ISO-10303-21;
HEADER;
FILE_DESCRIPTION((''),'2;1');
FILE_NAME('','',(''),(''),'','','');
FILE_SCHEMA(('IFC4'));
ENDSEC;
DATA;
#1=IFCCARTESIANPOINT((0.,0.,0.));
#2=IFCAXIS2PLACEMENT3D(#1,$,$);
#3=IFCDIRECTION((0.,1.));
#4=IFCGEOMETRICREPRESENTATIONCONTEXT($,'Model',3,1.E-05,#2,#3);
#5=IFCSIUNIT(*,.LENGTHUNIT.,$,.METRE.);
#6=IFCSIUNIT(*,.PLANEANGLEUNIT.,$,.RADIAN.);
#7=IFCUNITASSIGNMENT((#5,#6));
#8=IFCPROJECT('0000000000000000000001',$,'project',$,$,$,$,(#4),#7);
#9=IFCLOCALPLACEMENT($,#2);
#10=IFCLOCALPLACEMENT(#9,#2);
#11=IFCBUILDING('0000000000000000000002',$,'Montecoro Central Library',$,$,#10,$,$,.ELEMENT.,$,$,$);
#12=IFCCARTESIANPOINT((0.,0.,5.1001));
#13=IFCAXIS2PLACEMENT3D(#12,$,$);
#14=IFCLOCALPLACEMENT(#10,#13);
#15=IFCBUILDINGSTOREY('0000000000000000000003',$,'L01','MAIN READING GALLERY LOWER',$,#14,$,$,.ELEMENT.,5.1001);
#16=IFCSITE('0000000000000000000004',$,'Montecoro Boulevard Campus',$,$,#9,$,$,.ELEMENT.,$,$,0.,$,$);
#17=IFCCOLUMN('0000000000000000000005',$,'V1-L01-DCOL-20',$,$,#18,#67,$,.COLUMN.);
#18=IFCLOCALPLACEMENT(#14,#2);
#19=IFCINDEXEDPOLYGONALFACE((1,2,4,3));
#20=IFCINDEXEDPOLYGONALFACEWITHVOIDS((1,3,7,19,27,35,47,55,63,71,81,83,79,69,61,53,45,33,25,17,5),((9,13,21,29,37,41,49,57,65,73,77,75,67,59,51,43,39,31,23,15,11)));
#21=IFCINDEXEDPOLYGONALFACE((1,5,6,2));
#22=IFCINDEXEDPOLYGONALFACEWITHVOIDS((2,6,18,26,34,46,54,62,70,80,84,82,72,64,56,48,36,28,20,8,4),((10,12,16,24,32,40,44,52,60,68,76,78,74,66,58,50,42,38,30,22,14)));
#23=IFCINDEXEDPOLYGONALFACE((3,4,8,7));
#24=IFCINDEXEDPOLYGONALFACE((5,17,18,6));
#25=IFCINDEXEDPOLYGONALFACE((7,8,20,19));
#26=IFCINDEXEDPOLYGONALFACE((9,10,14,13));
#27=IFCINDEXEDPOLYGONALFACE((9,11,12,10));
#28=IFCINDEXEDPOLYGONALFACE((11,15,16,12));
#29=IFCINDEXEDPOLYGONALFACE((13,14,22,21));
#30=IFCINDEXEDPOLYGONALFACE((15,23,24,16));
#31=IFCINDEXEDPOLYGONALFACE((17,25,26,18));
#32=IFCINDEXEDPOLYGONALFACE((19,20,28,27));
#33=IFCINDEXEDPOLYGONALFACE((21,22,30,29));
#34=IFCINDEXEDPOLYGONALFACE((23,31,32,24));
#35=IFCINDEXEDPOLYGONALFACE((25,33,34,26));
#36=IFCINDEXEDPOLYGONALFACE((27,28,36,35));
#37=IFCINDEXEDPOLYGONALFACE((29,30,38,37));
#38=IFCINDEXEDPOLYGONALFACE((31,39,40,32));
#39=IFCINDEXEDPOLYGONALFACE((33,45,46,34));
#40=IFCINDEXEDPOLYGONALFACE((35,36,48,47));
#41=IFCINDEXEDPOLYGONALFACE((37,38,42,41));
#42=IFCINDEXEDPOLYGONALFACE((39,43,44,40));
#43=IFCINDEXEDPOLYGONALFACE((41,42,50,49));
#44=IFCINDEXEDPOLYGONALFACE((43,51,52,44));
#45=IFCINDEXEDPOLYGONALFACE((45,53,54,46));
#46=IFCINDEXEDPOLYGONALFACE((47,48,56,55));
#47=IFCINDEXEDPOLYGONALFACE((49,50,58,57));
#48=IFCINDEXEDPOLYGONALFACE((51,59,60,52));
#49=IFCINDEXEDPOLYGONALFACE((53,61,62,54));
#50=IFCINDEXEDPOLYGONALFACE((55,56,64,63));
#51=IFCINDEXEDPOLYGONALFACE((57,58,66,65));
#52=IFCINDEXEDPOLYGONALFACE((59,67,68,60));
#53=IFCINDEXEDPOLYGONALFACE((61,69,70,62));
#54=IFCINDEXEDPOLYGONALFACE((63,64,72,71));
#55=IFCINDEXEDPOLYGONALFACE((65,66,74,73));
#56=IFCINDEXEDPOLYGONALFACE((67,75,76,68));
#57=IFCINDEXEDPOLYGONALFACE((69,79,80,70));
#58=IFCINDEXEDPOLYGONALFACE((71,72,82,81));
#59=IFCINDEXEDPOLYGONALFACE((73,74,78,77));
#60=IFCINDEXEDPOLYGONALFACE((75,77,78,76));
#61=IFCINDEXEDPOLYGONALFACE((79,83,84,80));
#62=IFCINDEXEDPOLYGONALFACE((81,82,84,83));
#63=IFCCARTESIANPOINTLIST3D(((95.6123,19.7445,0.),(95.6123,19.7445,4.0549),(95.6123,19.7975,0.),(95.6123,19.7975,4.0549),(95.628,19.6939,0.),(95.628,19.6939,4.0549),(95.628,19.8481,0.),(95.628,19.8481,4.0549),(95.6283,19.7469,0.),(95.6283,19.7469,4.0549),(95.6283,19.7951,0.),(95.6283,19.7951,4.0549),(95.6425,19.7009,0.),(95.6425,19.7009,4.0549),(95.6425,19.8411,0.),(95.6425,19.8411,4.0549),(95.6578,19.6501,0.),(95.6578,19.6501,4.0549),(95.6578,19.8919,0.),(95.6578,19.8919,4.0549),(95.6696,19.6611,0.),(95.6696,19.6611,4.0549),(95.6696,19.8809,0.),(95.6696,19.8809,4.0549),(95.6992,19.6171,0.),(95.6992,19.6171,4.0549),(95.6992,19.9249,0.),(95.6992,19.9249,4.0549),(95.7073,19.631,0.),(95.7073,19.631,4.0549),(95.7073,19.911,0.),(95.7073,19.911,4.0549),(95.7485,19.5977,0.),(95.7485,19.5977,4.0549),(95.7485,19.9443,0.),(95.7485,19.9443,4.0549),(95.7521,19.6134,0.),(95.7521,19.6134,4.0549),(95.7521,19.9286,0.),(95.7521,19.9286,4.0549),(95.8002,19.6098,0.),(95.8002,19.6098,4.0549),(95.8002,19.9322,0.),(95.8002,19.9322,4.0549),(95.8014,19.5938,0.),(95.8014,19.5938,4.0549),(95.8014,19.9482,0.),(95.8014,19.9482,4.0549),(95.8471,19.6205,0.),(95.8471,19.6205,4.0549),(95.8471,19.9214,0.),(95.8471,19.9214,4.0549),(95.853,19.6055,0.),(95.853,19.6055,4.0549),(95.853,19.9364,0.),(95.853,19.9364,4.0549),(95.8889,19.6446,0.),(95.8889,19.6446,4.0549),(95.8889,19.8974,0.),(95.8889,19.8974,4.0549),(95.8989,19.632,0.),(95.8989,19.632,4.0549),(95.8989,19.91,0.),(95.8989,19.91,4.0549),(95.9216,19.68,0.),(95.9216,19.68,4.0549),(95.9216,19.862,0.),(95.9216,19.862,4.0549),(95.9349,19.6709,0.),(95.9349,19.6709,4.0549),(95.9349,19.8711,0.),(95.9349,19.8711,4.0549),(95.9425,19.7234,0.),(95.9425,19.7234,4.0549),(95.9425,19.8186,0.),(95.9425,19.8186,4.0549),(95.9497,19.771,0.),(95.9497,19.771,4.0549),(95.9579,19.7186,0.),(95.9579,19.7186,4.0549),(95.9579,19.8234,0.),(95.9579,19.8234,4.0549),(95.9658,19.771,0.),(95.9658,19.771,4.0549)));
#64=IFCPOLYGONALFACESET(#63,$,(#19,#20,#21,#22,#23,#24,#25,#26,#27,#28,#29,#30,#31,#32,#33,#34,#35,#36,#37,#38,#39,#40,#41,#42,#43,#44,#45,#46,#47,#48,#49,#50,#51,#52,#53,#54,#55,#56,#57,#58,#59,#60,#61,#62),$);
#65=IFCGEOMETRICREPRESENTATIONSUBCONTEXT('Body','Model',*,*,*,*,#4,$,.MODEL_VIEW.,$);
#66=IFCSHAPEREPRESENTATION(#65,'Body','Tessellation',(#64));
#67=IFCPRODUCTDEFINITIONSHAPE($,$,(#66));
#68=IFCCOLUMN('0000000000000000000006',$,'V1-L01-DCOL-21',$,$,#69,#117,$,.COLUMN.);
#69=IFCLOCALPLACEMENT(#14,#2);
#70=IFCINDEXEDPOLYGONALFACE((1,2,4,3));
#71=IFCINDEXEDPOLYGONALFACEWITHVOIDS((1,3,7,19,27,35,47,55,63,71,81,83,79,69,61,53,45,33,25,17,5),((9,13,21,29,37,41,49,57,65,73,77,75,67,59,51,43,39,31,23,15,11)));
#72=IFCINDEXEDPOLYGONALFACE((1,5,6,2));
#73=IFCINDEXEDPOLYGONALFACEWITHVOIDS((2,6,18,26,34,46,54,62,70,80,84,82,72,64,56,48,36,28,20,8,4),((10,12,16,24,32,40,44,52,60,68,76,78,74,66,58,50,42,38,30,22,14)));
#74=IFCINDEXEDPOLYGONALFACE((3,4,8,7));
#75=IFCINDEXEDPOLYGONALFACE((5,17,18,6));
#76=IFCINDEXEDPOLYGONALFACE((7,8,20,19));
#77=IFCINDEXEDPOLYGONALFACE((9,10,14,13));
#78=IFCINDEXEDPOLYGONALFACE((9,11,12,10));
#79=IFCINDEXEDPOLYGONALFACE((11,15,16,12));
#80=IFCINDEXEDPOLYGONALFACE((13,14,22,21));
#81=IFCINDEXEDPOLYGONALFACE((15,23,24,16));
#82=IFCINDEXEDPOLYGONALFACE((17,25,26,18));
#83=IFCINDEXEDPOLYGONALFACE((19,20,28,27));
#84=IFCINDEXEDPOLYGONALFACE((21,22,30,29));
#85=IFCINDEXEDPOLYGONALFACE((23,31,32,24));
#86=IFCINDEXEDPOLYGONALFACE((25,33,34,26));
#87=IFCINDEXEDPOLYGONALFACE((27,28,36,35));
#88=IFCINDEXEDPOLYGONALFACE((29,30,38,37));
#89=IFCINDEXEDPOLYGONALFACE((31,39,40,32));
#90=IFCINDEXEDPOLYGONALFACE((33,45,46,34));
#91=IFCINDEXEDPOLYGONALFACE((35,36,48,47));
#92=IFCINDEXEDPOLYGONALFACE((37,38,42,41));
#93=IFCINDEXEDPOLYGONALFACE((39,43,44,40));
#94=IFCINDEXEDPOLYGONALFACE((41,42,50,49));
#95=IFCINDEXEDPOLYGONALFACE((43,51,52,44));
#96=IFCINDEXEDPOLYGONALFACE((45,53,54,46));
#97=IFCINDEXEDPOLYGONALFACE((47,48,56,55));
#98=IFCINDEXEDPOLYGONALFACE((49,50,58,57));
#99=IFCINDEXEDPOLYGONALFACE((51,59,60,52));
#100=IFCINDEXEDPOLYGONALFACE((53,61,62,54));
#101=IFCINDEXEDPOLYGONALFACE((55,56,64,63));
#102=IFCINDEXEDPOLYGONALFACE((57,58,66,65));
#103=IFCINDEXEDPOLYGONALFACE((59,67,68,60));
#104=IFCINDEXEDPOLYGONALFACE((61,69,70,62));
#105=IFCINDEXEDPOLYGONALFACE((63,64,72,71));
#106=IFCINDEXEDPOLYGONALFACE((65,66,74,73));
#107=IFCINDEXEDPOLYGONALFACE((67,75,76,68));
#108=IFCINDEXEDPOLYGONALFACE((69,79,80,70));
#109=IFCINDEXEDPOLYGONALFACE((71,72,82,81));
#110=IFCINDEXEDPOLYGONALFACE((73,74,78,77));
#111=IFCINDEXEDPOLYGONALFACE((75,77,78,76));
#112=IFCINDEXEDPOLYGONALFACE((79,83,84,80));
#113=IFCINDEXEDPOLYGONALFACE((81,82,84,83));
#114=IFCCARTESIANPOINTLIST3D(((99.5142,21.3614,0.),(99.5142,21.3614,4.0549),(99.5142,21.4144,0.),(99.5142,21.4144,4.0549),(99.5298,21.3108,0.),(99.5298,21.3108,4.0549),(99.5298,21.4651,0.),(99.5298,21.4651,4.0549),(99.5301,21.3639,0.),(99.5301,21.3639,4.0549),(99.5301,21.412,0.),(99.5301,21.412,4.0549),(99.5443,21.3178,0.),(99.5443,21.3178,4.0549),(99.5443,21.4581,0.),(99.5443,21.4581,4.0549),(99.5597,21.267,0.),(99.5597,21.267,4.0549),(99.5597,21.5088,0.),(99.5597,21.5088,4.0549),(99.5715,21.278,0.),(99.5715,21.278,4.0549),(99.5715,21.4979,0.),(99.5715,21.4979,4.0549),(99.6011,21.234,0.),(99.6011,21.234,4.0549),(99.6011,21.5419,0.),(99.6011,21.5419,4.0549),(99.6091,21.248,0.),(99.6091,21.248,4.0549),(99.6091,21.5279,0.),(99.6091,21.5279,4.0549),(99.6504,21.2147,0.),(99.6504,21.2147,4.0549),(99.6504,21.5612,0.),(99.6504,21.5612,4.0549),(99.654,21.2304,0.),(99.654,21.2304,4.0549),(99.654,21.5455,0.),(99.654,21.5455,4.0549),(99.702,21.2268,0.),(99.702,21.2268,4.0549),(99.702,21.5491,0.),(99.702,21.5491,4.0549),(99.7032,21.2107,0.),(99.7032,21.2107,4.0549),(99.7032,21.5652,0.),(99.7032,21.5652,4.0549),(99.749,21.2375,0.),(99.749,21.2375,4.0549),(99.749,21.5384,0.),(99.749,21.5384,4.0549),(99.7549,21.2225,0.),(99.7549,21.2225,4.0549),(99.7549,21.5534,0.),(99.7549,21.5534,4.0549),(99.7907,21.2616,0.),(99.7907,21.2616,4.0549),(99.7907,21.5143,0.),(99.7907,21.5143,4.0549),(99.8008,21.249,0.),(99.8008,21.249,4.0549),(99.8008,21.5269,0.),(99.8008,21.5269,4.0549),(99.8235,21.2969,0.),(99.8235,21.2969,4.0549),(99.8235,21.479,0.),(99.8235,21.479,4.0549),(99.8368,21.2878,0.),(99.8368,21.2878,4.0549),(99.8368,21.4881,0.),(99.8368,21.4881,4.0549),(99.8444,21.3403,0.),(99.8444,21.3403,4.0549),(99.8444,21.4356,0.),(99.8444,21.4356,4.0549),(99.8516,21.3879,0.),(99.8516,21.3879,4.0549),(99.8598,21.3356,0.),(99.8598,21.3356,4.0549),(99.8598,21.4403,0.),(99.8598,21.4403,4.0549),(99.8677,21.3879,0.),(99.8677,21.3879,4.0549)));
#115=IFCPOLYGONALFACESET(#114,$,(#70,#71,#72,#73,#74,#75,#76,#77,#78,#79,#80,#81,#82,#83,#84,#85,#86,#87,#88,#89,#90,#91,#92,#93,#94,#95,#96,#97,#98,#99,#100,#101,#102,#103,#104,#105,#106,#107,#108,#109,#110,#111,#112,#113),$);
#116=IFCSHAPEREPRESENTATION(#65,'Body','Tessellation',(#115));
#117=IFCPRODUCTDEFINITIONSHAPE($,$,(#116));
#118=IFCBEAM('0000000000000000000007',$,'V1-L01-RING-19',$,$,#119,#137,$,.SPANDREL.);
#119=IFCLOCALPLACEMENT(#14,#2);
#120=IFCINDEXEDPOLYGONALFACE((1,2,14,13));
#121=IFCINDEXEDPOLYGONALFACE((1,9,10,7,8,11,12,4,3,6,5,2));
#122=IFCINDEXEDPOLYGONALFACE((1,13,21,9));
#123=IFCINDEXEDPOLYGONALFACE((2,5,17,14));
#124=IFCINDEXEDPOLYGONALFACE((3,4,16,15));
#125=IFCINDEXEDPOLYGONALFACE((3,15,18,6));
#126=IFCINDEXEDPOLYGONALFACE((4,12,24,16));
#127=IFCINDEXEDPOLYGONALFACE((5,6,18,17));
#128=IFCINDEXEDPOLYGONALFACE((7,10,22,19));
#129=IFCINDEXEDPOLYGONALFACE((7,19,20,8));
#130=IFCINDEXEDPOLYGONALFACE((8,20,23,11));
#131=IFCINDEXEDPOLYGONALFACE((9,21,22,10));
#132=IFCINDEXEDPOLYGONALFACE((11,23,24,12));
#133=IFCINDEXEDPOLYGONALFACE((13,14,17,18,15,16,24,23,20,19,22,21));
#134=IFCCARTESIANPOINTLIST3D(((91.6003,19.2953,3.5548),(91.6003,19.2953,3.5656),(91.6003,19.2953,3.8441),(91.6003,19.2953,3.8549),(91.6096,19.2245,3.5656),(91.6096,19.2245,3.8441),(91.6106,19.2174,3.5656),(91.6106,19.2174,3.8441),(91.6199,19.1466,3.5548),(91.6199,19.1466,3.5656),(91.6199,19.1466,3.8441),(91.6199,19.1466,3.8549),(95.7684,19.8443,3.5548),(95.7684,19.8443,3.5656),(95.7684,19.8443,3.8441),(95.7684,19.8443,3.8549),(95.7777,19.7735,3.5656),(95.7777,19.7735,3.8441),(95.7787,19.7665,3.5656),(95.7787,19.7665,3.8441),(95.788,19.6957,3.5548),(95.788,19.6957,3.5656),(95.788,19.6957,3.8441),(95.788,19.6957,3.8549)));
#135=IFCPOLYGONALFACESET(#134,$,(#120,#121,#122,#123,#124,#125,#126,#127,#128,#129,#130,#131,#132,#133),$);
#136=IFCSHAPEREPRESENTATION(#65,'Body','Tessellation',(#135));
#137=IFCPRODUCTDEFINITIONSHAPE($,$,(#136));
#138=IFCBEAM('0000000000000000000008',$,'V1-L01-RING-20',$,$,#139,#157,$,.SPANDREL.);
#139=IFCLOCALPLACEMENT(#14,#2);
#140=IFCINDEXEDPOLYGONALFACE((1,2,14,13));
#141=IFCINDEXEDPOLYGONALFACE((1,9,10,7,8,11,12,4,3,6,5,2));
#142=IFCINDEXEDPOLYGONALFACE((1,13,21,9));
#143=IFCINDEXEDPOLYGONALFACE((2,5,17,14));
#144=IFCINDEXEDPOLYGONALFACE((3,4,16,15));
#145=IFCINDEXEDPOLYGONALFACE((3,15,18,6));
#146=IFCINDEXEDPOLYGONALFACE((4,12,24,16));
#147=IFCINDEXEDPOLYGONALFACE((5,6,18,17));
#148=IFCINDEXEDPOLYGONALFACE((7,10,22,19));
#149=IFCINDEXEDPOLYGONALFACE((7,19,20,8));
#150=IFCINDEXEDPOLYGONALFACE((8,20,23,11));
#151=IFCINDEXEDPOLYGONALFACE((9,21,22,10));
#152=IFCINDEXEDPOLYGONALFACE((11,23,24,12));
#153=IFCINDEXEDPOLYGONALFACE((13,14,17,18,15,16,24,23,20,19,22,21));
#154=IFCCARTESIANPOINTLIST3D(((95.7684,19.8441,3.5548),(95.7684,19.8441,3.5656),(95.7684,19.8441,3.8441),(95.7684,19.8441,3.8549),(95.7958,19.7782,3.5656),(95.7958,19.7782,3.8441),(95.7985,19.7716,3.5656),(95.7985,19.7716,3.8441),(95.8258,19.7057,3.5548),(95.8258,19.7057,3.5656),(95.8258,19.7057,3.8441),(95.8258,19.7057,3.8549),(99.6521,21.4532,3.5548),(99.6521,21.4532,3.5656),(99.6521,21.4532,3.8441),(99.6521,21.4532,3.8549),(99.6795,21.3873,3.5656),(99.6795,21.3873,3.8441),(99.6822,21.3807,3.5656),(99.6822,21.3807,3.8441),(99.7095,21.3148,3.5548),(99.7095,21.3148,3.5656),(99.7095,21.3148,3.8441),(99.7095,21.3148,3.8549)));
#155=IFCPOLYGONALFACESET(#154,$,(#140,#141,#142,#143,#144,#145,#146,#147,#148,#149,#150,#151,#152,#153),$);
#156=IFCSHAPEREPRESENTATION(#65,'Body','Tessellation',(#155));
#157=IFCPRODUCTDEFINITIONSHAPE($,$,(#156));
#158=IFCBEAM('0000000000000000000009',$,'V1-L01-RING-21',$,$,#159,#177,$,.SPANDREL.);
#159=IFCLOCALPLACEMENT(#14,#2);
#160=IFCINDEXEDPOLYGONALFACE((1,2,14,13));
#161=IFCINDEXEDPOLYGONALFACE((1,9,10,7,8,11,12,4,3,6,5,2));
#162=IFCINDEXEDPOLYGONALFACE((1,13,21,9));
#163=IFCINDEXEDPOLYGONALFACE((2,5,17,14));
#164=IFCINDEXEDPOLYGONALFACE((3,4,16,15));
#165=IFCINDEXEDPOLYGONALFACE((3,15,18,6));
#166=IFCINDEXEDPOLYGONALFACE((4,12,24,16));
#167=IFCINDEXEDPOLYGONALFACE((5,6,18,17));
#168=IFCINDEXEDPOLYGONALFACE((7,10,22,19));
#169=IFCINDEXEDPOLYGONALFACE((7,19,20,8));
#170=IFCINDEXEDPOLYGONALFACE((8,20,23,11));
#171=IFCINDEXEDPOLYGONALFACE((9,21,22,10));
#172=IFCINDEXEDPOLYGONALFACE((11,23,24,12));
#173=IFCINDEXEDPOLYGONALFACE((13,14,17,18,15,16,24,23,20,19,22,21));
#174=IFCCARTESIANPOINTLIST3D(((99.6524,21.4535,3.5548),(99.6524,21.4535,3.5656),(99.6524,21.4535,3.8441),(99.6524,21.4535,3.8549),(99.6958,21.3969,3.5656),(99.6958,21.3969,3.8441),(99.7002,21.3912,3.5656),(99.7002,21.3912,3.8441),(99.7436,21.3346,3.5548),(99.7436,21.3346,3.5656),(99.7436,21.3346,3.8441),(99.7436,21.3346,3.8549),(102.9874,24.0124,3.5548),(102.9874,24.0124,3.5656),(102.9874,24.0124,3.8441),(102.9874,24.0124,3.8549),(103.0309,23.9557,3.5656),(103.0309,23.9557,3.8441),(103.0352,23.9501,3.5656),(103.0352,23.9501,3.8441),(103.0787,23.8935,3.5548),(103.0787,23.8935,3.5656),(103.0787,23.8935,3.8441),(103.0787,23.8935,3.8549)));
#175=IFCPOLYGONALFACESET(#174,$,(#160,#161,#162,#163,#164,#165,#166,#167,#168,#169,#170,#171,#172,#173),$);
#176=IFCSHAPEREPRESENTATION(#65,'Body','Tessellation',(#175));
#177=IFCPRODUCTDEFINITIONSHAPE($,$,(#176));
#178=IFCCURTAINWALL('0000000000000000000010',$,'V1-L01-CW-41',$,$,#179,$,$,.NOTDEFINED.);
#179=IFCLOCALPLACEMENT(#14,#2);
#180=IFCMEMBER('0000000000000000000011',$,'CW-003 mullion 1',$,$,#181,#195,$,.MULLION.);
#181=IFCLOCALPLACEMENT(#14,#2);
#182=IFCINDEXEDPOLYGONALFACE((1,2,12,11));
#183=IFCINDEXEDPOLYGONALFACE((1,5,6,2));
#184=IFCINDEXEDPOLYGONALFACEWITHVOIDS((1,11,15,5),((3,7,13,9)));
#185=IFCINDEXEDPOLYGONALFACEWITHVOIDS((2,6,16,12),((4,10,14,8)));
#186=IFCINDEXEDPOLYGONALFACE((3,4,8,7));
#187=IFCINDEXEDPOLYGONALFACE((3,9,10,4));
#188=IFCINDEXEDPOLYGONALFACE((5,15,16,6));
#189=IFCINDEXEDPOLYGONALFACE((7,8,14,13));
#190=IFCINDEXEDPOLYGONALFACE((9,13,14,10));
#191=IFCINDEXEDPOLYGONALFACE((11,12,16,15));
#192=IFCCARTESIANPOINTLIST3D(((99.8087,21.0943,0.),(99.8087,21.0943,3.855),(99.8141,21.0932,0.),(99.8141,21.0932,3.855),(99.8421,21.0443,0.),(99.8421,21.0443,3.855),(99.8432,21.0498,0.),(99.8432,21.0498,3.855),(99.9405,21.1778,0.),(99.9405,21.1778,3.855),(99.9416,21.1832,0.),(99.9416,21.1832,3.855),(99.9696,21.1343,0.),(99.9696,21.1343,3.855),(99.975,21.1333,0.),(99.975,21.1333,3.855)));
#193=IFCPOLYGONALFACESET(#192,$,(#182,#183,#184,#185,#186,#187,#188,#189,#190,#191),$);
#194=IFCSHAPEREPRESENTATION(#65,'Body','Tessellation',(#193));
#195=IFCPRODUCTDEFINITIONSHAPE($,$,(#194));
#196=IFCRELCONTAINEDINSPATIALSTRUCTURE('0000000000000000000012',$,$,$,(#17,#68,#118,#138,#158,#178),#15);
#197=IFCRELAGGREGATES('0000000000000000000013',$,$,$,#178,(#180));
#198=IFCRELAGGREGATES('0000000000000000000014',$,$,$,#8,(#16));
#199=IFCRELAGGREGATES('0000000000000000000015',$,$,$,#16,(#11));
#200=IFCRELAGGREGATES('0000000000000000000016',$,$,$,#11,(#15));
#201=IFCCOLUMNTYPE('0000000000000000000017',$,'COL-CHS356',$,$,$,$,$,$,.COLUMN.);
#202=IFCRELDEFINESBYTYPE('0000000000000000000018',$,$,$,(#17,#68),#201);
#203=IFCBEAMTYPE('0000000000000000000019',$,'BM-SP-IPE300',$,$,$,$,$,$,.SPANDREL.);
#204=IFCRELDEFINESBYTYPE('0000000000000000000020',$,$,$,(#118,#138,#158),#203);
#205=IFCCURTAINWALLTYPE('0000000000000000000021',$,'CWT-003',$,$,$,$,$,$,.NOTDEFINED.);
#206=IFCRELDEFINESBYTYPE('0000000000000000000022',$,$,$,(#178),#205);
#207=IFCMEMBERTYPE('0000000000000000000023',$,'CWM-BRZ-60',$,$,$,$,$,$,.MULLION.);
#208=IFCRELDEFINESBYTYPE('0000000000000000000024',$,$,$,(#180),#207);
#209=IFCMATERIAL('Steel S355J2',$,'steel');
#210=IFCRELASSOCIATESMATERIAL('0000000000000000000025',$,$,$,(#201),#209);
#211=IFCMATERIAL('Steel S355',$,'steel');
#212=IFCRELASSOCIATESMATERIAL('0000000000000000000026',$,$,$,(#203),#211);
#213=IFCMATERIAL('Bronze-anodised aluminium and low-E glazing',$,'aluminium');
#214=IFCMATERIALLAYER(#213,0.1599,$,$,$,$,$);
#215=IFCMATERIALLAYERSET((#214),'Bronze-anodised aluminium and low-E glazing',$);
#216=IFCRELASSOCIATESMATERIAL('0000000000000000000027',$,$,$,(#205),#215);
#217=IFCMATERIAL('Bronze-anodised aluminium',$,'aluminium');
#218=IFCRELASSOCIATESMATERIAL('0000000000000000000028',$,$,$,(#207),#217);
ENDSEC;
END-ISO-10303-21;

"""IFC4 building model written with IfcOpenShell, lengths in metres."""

from ifc_helpers import new_model, si_unit, direction, frame, origin, origin_2d, place, context, subcontext, project, spatial, hollow_rectangle, hollow_circle, i_section, extrude, material, layer, layer_set, material_profile, profile_set, type_object, element, aggregate, save


model = new_model("IFC4")

# Units and contexts
model_context = context("Model", 3, precision=1e-05, world=origin(), true_north=direction((0.0, 1.0)))
body_context = subcontext(model_context, "Body", "Model", "MODEL_VIEW")
ifc_project = project(units=[si_unit("LENGTHUNIT", "METRE"), si_unit("PLANEANGLEUNIT", "RADIAN")], contexts=[model_context])

# Site, building, storey
site_placement = place(None, origin())
site = spatial("IfcSite", under=ifc_project, at=site_placement, Name="Montecoro Boulevard Campus", CompositionType="ELEMENT", RefElevation=0.0)
building_placement = place(site_placement, origin())
building = spatial("IfcBuilding", under=site, at=building_placement, Name="Montecoro Central Library", CompositionType="ELEMENT")
storey_placement = place(building_placement, frame((0.0, 0.0, 5.1001)))
storey = spatial("IfcBuildingStorey", under=building, at=storey_placement, Name="L01", Description="MAIN READING GALLERY LOWER", CompositionType="ELEMENT", Elevation=5.1001)

# Columns
ifc_material_1 = material(Name="Steel S355J2", Category="steel")
ifc_material_profile_1 = material_profile(ifc_material_1, hollow_circle(Radius=0.1777, WallThickness=0.0161, at=origin_2d()), Name="CHS 355.6x16.0")
ifc_profile_set_1 = profile_set([ifc_material_profile_1], Name="Steel S355J2")
column_type = type_object("IfcColumnType", Name="COL-CHS356", PredefinedType="COLUMN", material=ifc_profile_set_1)
for number, where, z_axis, x_axis, name in (
    (1, (95.7881, 19.771, 0.0), (0.0, 0.0, 1.0), (1.0, 0.0, 0.0), "V1-L01-DCOL-20"),
    (2, (99.6899, 21.3879, 0.0), (0.0, 0.0, 1.0), (1.0, 0.0, 0.0), "V1-L01-DCOL-21"),
):
    element("IfcColumn", number, at=place(storey_placement, frame(where, z_axis=z_axis, x_axis=x_axis)), inside=storey, type_object=column_type, Name=name, PredefinedType="COLUMN", context=body_context, shape_type="SweptSolid", body=[
        extrude(hollow_circle(Radius=0.1777, WallThickness=0.0161, at=origin_2d()), origin(), (0.0, 0.0, 1.0), 4.0549),
    ])

# Beams
ifc_material_2 = material(Name="Steel S355", Category="steel")
ifc_material_profile_2 = material_profile(ifc_material_2, i_section(OverallWidth=0.1499, OverallDepth=0.3, WebThickness=0.0071, FlangeThickness=0.0107, at=origin_2d()), Name="IPE 300")
ifc_profile_set_2 = profile_set([ifc_material_profile_2], Name="Steel S355")
beam_type = type_object("IfcBeamType", Name="BM-SP-IPE300", PredefinedType="SPANDREL", material=ifc_profile_set_2)
beam_1_placement = place(storey_placement, frame((91.6101, 19.2209, 3.7048), z_axis=(0.991434, 0.130608, 0.0), x_axis=(-0.130608, 0.991434, 0.0)))
element("IfcBeam", 3, at=beam_1_placement, inside=storey, type_object=beam_type, Name="V1-L01-RING-19", PredefinedType="SPANDREL", context=body_context, shape_type="SweptSolid", body=[
    extrude(i_section(OverallWidth=0.1499, OverallDepth=0.3, WebThickness=0.0071, FlangeThickness=0.0107, at=origin_2d()), origin(), (0.0, 0.0, 1.0), 4.2041),
])
beam_2_placement = place(storey_placement, frame((95.7971, 19.7749, 3.7048), z_axis=(0.923845, 0.382767, 0.0), x_axis=(-0.382767, 0.923845, 0.0)))
element("IfcBeam", 4, at=beam_2_placement, inside=storey, type_object=beam_type, Name="V1-L01-RING-20", PredefinedType="SPANDREL", context=body_context, shape_type="SweptSolid", body=[
    extrude(i_section(OverallWidth=0.1499, OverallDepth=0.3, WebThickness=0.0071, FlangeThickness=0.0107, at=origin_2d()), origin(), (0.0, 0.0, 1.0), 4.2039),
])
beam_3_placement = place(storey_placement, frame((99.698, 21.394, 3.7048), z_axis=(0.793373, 0.608736, 0.0), x_axis=(-0.608736, 0.793373, 0.0)))
element("IfcBeam", 5, at=beam_3_placement, inside=storey, type_object=beam_type, Name="V1-L01-RING-21", PredefinedType="SPANDREL", context=body_context, shape_type="SweptSolid", body=[
    extrude(i_section(OverallWidth=0.1499, OverallDepth=0.3, WebThickness=0.0071, FlangeThickness=0.0107, at=origin_2d()), origin(), (0.0, 0.0, 1.0), 4.2036),
])

# Curtain wall, member
ifc_material_3 = material(Name="Bronze-anodised aluminium and low-E glazing", Category="aluminium")
ifc_layer_1 = layer(ifc_material_3, 0.1599)
ifc_layer_set_1 = layer_set([ifc_layer_1], Name="Bronze-anodised aluminium and low-E glazing")
curtain_wall_type = type_object("IfcCurtainWallType", Name="CWT-003", PredefinedType="NOTDEFINED", material=ifc_layer_set_1)
curtain_wall_placement = place(storey_placement, origin())
curtain_wall = element("IfcCurtainWall", 6, at=curtain_wall_placement, inside=storey, type_object=curtain_wall_type, Name="V1-L01-CW-41", PredefinedType="NOTDEFINED")
ifc_material_4 = material(Name="Bronze-anodised aluminium", Category="aluminium")
ifc_material_profile_3 = material_profile(ifc_material_4, hollow_rectangle(XDim=0.0601, YDim=0.1599, WallThickness=0.0039, at=origin_2d()), Name="CWM 160x60x4.0")
ifc_profile_set_3 = profile_set([ifc_material_profile_3], Name="Bronze-anodised aluminium")
member_type_1 = type_object("IfcMemberType", Name="CWM-BRZ-60", PredefinedType="MULLION", material=ifc_profile_set_3)
member_1_placement = place(storey_placement, frame((99.8918, 21.1138, 0.0), z_axis=(0.0, 0.0, 1.0), x_axis=(-0.556098, 0.831117, 0.0)))
member_1 = element("IfcMember", 7, at=member_1_placement, type_object=member_type_1, Name="CW-003 mullion 1", PredefinedType="MULLION", context=body_context, shape_type="SweptSolid", body=[
    extrude(hollow_rectangle(XDim=0.0601, YDim=0.1599, WallThickness=0.0039, at=origin_2d()), origin(), (0.0, 0.0, 1.0), 3.855),
])
aggregate(curtain_wall, [member_1])

save(model, "model.ifc")
